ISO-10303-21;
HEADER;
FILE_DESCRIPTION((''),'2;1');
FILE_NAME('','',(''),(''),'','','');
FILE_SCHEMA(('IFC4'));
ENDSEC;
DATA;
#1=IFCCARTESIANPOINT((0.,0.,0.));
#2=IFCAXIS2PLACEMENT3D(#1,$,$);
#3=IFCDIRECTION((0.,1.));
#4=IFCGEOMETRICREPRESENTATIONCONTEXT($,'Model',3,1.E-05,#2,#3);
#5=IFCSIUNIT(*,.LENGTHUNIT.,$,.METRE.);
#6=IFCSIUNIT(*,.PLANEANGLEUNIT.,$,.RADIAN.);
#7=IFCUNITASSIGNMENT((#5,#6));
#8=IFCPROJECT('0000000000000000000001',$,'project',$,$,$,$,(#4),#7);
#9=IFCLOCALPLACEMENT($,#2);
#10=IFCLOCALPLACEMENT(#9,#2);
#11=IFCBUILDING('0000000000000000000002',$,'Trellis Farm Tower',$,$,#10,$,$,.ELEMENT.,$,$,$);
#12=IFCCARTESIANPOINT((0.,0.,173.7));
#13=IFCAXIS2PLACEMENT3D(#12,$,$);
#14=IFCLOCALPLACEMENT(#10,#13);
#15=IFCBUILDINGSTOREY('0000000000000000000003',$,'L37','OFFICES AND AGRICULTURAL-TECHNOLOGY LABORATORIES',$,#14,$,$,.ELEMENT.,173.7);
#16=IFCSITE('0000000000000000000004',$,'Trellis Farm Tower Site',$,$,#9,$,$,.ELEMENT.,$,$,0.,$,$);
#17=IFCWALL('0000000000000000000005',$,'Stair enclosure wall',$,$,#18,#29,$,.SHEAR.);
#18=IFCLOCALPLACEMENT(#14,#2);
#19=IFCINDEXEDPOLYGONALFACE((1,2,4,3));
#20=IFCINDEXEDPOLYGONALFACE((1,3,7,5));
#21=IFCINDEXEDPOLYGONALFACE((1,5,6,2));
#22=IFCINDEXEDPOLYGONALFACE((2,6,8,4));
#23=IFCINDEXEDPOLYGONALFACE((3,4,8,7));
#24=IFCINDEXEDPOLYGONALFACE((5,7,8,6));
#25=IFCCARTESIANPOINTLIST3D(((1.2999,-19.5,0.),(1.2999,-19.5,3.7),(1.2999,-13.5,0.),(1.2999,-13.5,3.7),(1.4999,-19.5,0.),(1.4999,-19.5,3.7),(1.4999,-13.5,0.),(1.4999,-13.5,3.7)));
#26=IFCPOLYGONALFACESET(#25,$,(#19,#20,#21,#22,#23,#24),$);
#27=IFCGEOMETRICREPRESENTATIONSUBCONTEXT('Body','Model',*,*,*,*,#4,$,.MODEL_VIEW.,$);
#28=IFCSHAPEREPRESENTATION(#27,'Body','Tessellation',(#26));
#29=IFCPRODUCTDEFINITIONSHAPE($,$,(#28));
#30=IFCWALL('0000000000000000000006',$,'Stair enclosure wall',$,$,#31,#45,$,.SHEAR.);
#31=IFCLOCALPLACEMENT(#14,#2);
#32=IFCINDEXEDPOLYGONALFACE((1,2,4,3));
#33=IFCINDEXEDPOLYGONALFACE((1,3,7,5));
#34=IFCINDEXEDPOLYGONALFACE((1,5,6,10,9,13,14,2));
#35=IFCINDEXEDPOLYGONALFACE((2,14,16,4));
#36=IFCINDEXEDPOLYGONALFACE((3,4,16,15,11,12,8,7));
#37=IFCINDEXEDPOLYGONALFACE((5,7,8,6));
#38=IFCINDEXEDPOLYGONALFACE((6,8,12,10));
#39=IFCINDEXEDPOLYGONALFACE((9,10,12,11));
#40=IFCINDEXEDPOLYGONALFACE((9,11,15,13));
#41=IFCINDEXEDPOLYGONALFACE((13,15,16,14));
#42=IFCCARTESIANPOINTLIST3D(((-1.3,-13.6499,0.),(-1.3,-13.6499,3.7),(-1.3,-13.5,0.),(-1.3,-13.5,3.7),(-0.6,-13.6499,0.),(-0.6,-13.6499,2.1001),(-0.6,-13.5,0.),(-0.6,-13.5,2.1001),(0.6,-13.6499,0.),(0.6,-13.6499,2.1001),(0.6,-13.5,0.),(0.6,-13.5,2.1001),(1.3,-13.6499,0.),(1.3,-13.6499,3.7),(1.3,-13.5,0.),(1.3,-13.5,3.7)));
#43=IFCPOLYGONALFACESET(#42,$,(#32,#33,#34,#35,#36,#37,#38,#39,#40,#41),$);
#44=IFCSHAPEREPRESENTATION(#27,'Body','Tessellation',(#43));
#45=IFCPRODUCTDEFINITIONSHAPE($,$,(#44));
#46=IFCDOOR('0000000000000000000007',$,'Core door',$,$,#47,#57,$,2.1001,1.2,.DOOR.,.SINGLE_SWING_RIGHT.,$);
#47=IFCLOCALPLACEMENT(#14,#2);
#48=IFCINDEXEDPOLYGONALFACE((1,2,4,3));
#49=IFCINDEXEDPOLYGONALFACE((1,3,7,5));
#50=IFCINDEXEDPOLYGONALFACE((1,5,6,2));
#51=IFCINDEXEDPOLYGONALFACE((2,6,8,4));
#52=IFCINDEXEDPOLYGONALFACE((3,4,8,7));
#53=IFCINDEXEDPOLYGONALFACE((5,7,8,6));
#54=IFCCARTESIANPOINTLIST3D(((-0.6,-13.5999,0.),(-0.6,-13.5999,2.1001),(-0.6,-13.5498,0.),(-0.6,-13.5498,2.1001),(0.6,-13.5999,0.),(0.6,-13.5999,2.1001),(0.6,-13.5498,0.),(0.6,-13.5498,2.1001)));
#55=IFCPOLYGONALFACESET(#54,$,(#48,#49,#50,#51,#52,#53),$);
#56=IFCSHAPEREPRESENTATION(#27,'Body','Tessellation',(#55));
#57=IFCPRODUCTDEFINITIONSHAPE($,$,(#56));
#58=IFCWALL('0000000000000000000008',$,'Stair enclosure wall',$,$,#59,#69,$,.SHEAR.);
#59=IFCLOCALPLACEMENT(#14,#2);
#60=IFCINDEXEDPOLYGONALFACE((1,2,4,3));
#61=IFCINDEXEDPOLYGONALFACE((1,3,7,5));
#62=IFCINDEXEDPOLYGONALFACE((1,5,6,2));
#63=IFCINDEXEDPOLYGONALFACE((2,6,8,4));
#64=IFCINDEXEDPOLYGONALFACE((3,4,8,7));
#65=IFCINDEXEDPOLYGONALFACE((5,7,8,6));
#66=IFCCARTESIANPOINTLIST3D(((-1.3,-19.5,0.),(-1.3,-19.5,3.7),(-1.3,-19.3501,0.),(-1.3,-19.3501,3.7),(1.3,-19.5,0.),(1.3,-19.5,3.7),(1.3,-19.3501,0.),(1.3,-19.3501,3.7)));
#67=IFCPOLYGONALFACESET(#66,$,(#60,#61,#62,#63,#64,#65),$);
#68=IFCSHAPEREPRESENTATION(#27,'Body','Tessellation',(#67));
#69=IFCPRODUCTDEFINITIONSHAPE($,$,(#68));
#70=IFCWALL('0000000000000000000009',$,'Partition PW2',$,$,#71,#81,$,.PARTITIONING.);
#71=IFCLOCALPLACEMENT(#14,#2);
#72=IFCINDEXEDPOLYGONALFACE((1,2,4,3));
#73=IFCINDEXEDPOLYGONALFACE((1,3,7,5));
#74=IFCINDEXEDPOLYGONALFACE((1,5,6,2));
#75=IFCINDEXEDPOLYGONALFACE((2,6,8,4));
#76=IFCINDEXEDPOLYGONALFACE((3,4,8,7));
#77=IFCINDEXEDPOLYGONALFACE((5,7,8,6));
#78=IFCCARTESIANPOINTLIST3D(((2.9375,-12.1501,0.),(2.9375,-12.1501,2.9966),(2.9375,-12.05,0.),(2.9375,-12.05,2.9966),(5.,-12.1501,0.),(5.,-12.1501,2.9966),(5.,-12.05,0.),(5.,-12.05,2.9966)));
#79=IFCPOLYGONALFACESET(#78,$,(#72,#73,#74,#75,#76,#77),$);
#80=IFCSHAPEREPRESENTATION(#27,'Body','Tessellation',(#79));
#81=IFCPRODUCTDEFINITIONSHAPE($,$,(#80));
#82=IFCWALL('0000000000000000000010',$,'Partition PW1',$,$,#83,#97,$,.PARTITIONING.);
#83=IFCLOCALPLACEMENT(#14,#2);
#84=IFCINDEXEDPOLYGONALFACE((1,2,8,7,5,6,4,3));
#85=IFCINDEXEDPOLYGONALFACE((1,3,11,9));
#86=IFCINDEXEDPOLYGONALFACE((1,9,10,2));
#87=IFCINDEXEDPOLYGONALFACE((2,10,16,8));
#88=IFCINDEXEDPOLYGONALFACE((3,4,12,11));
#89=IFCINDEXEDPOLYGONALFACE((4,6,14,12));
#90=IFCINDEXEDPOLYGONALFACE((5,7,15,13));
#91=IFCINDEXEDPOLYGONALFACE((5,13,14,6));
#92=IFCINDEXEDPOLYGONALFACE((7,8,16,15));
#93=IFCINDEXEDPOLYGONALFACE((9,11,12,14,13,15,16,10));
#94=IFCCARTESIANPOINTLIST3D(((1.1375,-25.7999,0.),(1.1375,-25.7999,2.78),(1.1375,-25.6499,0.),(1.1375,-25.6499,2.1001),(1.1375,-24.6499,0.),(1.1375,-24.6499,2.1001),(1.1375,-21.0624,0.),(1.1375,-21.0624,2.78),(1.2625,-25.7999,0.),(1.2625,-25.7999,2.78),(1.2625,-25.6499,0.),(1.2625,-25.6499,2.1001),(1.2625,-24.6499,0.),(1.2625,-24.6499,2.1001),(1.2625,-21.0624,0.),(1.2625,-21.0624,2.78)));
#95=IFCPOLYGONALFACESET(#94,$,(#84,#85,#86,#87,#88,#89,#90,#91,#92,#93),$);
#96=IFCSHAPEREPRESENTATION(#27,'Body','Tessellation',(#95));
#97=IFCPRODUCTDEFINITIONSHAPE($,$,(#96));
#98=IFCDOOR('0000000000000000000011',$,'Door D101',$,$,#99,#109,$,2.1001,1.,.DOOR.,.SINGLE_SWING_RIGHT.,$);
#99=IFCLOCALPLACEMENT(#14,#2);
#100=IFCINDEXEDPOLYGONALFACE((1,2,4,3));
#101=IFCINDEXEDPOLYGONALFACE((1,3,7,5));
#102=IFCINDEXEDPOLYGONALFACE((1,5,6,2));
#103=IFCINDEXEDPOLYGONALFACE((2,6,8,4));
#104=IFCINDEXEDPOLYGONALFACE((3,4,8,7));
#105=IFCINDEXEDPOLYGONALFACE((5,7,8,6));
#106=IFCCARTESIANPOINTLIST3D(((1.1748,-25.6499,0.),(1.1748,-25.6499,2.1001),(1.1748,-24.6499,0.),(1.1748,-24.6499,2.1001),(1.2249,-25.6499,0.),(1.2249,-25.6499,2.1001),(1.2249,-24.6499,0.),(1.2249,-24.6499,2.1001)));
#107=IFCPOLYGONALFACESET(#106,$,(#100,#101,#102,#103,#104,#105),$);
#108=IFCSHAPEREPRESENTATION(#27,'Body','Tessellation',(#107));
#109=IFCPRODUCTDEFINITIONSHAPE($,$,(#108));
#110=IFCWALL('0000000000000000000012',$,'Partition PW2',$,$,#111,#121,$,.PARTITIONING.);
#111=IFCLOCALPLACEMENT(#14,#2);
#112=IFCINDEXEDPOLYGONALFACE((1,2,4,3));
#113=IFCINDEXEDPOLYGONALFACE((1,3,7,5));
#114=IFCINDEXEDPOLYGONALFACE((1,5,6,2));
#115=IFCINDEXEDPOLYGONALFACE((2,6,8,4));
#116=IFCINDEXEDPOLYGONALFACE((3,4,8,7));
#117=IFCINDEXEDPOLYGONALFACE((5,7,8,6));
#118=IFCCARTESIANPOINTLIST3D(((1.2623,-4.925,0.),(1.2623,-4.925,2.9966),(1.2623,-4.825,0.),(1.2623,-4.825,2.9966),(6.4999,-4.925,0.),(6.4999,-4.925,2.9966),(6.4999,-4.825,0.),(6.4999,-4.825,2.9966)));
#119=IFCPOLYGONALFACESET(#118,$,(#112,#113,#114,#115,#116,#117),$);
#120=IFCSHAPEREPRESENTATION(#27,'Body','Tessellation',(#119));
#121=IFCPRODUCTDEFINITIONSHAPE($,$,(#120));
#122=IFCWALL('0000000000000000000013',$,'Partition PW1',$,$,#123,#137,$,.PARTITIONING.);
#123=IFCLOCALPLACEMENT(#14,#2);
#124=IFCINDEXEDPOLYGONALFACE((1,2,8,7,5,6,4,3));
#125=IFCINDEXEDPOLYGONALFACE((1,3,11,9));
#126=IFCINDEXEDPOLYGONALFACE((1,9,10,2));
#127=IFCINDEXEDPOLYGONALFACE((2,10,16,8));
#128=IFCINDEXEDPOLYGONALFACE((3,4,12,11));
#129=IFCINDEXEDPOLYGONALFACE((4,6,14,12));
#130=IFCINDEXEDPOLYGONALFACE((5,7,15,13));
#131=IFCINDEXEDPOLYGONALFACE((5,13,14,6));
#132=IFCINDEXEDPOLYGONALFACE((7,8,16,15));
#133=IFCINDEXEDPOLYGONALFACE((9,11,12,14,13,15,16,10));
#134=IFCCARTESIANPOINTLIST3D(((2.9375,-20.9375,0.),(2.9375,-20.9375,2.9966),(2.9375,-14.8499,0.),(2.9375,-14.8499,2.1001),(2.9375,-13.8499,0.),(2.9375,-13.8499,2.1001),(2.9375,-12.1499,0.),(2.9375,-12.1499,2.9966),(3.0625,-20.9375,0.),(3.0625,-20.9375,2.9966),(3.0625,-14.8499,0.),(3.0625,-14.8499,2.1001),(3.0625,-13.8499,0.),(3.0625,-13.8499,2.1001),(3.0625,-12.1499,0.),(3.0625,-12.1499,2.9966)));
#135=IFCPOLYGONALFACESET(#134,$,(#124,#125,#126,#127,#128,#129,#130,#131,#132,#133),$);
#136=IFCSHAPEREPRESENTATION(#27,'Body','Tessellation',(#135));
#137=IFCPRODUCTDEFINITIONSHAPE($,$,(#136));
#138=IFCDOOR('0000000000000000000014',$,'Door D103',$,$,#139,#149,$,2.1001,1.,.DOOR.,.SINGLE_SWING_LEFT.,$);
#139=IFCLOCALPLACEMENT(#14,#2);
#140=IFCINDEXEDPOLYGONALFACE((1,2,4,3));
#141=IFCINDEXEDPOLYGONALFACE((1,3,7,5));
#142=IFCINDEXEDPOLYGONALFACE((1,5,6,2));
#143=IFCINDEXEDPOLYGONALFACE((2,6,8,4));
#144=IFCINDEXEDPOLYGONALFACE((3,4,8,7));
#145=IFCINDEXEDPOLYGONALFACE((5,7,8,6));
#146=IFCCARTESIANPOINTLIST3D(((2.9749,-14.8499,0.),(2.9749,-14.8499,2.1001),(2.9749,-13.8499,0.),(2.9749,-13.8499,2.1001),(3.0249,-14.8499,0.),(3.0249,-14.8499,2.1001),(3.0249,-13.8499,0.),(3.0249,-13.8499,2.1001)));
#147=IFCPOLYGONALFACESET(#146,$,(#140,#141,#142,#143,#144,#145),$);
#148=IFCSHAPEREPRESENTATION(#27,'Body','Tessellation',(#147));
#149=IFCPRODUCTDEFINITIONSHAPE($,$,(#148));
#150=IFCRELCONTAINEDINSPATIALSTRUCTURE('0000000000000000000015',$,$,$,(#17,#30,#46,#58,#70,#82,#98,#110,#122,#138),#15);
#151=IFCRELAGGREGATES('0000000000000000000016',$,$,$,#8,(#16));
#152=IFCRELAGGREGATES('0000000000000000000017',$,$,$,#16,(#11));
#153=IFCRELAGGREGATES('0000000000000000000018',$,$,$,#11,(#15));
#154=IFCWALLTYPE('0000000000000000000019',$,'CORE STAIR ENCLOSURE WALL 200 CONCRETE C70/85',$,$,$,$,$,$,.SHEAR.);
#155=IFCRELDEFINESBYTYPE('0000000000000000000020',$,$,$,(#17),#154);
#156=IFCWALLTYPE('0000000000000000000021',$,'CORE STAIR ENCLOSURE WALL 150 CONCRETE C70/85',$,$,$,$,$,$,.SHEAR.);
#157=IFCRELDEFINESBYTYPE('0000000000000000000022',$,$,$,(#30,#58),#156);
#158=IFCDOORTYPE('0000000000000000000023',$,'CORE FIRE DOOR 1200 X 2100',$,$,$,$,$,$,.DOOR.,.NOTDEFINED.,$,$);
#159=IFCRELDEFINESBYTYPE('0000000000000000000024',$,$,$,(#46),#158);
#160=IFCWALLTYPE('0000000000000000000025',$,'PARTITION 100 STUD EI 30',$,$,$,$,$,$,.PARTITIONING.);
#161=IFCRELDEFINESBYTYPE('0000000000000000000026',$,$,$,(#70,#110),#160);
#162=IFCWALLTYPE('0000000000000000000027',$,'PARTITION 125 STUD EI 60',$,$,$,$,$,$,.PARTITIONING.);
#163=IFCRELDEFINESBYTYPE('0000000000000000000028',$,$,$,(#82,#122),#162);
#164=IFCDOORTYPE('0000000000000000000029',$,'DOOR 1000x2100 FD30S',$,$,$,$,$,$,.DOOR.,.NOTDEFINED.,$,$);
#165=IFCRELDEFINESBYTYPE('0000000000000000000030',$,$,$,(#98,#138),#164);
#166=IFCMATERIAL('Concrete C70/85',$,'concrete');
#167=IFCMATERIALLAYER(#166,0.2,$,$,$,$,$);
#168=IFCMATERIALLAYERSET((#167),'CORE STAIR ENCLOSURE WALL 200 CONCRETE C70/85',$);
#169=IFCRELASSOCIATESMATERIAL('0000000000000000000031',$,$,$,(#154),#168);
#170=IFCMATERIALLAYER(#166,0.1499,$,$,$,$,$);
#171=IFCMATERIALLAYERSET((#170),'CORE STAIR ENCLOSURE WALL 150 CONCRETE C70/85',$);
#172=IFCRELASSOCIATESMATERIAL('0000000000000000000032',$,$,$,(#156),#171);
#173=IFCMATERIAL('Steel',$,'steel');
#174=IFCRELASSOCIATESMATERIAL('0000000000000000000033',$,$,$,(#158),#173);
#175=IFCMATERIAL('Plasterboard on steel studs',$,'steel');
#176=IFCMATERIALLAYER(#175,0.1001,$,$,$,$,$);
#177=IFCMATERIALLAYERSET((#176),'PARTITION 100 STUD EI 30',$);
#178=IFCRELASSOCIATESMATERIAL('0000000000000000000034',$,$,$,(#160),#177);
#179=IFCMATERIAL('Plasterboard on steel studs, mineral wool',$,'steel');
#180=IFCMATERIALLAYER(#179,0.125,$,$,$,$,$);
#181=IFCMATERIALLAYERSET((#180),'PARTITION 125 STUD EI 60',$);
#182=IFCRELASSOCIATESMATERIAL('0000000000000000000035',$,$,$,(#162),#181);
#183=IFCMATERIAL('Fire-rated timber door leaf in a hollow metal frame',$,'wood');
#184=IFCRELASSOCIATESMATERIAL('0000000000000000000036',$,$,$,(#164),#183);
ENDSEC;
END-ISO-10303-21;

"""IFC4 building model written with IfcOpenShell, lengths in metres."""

from ifc_helpers import new_model, si_unit, direction, frame, frame_2d, origin, place, context, subcontext, project, spatial, rectangle, extrude, source, transform, mapped, material, layer, layer_set, type_object, element, fill, save


model = new_model("IFC4")

# Units and contexts
model_context = context("Model", 3, precision=1e-05, world=origin(), true_north=direction((0.0, 1.0)))
body_context = subcontext(model_context, "Body", "Model", "MODEL_VIEW")
ifc_project = project(units=[si_unit("LENGTHUNIT", "METRE"), si_unit("PLANEANGLEUNIT", "RADIAN")], contexts=[model_context])

# Site, building, storey
site_placement = place(None, origin())
site = spatial("IfcSite", under=ifc_project, at=site_placement, Name="Trellis Farm Tower Site", CompositionType="ELEMENT", RefElevation=0.0)
building_placement = place(site_placement, origin())
building = spatial("IfcBuilding", under=site, at=building_placement, Name="Trellis Farm Tower", CompositionType="ELEMENT")
storey_placement = place(building_placement, frame((0.0, 0.0, 173.7)))
storey = spatial("IfcBuildingStorey", under=building, at=storey_placement, Name="L37", Description="OFFICES AND AGRICULTURAL-TECHNOLOGY LABORATORIES", CompositionType="ELEMENT", Elevation=173.7)

# Wall
ifc_material_1 = material(Name="Concrete C70/85", Category="concrete")
ifc_layer_1 = layer(ifc_material_1, 0.2)
ifc_layer_set_1 = layer_set([ifc_layer_1], Name="CORE STAIR ENCLOSURE WALL 200 CONCRETE C70/85")
wall_type_1 = type_object("IfcWallType", Name="CORE STAIR ENCLOSURE WALL 200 CONCRETE C70/85", PredefinedType="SHEAR", material=ifc_layer_set_1)
shared_shape_1 = source(origin(), body_context, "Body", "SweptSolid", [
    extrude(rectangle(XDim=6.0, YDim=0.2, at=frame_2d((3.0, 0.0))), origin(), (0.0, 0.0, 1.0), 3.7),
])
wall_1_placement = place(storey_placement, frame((1.3999, -13.5, 0.0), z_axis=(0.0, 0.0, 1.0), x_axis=(0.0, -1.0, 0.0)))
element("IfcWall", 1, at=wall_1_placement, inside=storey, type_object=wall_type_1, Name="Stair enclosure wall", PredefinedType="SHEAR", context=body_context, shape_type="MappedRepresentation", body=[
    mapped(shared_shape_1, transform((0.0, 0.0, 0.0))),
])

# Wall, opening, door
ifc_layer_2 = layer(ifc_material_1, 0.1499)
ifc_layer_set_2 = layer_set([ifc_layer_2], Name="CORE STAIR ENCLOSURE WALL 150 CONCRETE C70/85")
wall_type_2 = type_object("IfcWallType", Name="CORE STAIR ENCLOSURE WALL 150 CONCRETE C70/85", PredefinedType="SHEAR", material=ifc_layer_set_2)
shared_shape_2 = source(origin(), body_context, "Body", "SweptSolid", [
    extrude(rectangle(XDim=2.6001, YDim=0.1499, at=frame_2d((1.3, 0.0))), origin(), (0.0, 0.0, 1.0), 3.7),
])
wall_2_placement = place(storey_placement, frame((1.3, -13.575, 0.0), z_axis=(0.0, 0.0, 1.0), x_axis=(-1.0, 0.0, 0.0)))
wall_2 = element("IfcWall", 2, at=wall_2_placement, inside=storey, type_object=wall_type_2, Name="Stair enclosure wall", PredefinedType="SHEAR", context=body_context, shape_type="MappedRepresentation", body=[
    mapped(shared_shape_2, transform((0.0, 0.0, 0.0))),
])
shared_shape_3 = source(origin(), body_context, "Body", "SweptSolid", [
    extrude(rectangle(XDim=1.2, YDim=2.1001, at=frame_2d((0.6001, 1.05))), frame((0.0, 0.085, 0.0), z_axis=(0.0, -1.0, 0.0), x_axis=(1.0, 0.0, 0.0)), (0.0, 0.0, 1.0), 0.1699),
])
opening_1_placement = place(wall_2_placement, frame((0.7, 0.0, 0.0)))
opening_1 = element("IfcOpeningElement", 3, at=opening_1_placement, cuts=wall_2, PredefinedType="OPENING", context=body_context, shape_type="MappedRepresentation", body=[
    mapped(shared_shape_3, transform((0.0, 0.0, 0.0))),
])
ifc_material_2 = material(Name="Steel", Category="steel")
door_type_1 = type_object("IfcDoorType", Name="CORE FIRE DOOR 1200 X 2100", OperationType="NOTDEFINED", PredefinedType="DOOR", material=ifc_material_2)
shared_shape_4 = source(origin(), body_context, "Body", "SweptSolid", [
    extrude(rectangle(XDim=1.2, YDim=2.1001, at=frame_2d((0.6001, 1.05))), frame((0.0, 0.0249, 0.0), z_axis=(0.0, -1.0, 0.0), x_axis=(1.0, 0.0, 0.0)), (0.0, 0.0, 1.0), 0.05),
])
door_1_placement = place(opening_1_placement, origin())
door_1 = element("IfcDoor", 4, at=door_1_placement, inside=storey, type_object=door_type_1, Name="Core door", OperationType="SINGLE_SWING_RIGHT", OverallHeight=2.1001, OverallWidth=1.2, PredefinedType="DOOR", context=body_context, shape_type="MappedRepresentation", body=[
    mapped(shared_shape_4, transform((0.0, 0.0, 0.0))),
])
fill(opening_1, door_1)

# Walls
wall_3_placement = place(storey_placement, frame((1.3, -19.425, 0.0), z_axis=(0.0, 0.0, 1.0), x_axis=(-1.0, 0.0, 0.0)))
element("IfcWall", 5, at=wall_3_placement, inside=storey, type_object=wall_type_2, Name="Stair enclosure wall", PredefinedType="SHEAR", context=body_context, shape_type="MappedRepresentation", body=[
    mapped(shared_shape_2, transform((0.0, 0.0, 0.0))),
])
ifc_material_3 = material(Name="Plasterboard on steel studs", Category="steel")
ifc_layer_3 = layer(ifc_material_3, 0.1001)
ifc_layer_set_3 = layer_set([ifc_layer_3], Name="PARTITION 100 STUD EI 30")
wall_type_3 = type_object("IfcWallType", Name="PARTITION 100 STUD EI 30", PredefinedType="PARTITIONING", material=ifc_layer_set_3)
shared_shape_5 = source(origin(), body_context, "Body", "SweptSolid", [
    extrude(rectangle(XDim=2.0625, YDim=0.1001, at=frame_2d((1.0312, 0.0))), origin(), (0.0, 0.0, 1.0), 2.9966),
])
wall_4_placement = place(storey_placement, frame((2.9375, -12.1001, 0.0), z_axis=(0.0, 0.0, 1.0), x_axis=(1.0, 0.0, 0.0)))
element("IfcWall", 6, at=wall_4_placement, inside=storey, type_object=wall_type_3, Name="Partition PW2", PredefinedType="PARTITIONING", context=body_context, shape_type="MappedRepresentation", body=[
    mapped(shared_shape_5, transform((0.0, 0.0, 0.0))),
])

# Wall, opening, door
ifc_material_4 = material(Name="Plasterboard on steel studs, mineral wool", Category="steel")
ifc_layer_4 = layer(ifc_material_4, 0.125)
ifc_layer_set_4 = layer_set([ifc_layer_4], Name="PARTITION 125 STUD EI 60")
wall_type_4 = type_object("IfcWallType", Name="PARTITION 125 STUD EI 60", PredefinedType="PARTITIONING", material=ifc_layer_set_4)
shared_shape_6 = source(origin(), body_context, "Body", "SweptSolid", [
    extrude(rectangle(XDim=4.7375, YDim=0.125, at=frame_2d((2.3687, 0.0))), origin(), (0.0, 0.0, 1.0), 2.78),
])
wall_5_placement = place(storey_placement, frame((1.2, -21.0625, 0.0), z_axis=(0.0, 0.0, 1.0), x_axis=(0.0, -1.0, 0.0)))
wall_5 = element("IfcWall", 7, at=wall_5_placement, inside=storey, type_object=wall_type_4, Name="Partition PW1", PredefinedType="PARTITIONING", context=body_context, shape_type="MappedRepresentation", body=[
    mapped(shared_shape_6, transform((0.0, 0.0, 0.0))),
])
shared_shape_7 = source(origin(), body_context, "Body", "SweptSolid", [
    extrude(rectangle(XDim=1.0, YDim=2.1001, at=frame_2d((0.5, 1.05))), frame((0.0, 0.0725, 0.0), z_axis=(0.0, -1.0, 0.0), x_axis=(1.0, 0.0, 0.0)), (0.0, 0.0, 1.0), 0.145),
])
opening_2_placement = place(wall_5_placement, frame((3.5874, 0.0, 0.0)))
opening_2 = element("IfcOpeningElement", 8, at=opening_2_placement, cuts=wall_5, PredefinedType="OPENING", context=body_context, shape_type="MappedRepresentation", body=[
    mapped(shared_shape_7, transform((0.0, 0.0, 0.0))),
])
ifc_material_5 = material(Name="Fire-rated timber door leaf in a hollow metal frame", Category="wood")
door_type_2 = type_object("IfcDoorType", Name="DOOR 1000x2100 FD30S", OperationType="NOTDEFINED", PredefinedType="DOOR", material=ifc_material_5)
shared_shape_8 = source(origin(), body_context, "Body", "SweptSolid", [
    extrude(rectangle(XDim=1.0, YDim=2.1001, at=frame_2d((0.5, 1.05))), frame((0.0, 0.0249, 0.0), z_axis=(0.0, -1.0, 0.0), x_axis=(1.0, 0.0, 0.0)), (0.0, 0.0, 1.0), 0.05),
])
door_2_placement = place(opening_2_placement, origin())
door_2 = element("IfcDoor", 9, at=door_2_placement, inside=storey, type_object=door_type_2, Name="Door D101", OperationType="SINGLE_SWING_RIGHT", OverallHeight=2.1001, OverallWidth=1.0, PredefinedType="DOOR", context=body_context, shape_type="MappedRepresentation", body=[
    mapped(shared_shape_8, transform((0.0, 0.0, 0.0))),
])
fill(opening_2, door_2)

# Wall
shared_shape_9 = source(origin(), body_context, "Body", "SweptSolid", [
    extrude(rectangle(XDim=5.2375, YDim=0.1001, at=frame_2d((2.6187, 0.0))), origin(), (0.0, 0.0, 1.0), 2.9966),
])
wall_6_placement = place(storey_placement, frame((1.2625, -4.875, 0.0), z_axis=(0.0, 0.0, 1.0), x_axis=(1.0, 0.0, 0.0)))
element("IfcWall", 10, at=wall_6_placement, inside=storey, type_object=wall_type_3, Name="Partition PW2", PredefinedType="PARTITIONING", context=body_context, shape_type="MappedRepresentation", body=[
    mapped(shared_shape_9, transform((0.0, 0.0, 0.0))),
])

# Wall, opening, door
shared_shape_10 = source(origin(), body_context, "Body", "SweptSolid", [
    extrude(rectangle(XDim=8.7876, YDim=0.125, at=frame_2d((4.3938, 0.0))), origin(), (0.0, 0.0, 1.0), 2.9966),
])
wall_7_placement = place(storey_placement, frame((3.0, -12.1499, 0.0), z_axis=(0.0, 0.0, 1.0), x_axis=(0.0, -1.0, 0.0)))
wall_7 = element("IfcWall", 11, at=wall_7_placement, inside=storey, type_object=wall_type_4, Name="Partition PW1", PredefinedType="PARTITIONING", context=body_context, shape_type="MappedRepresentation", body=[
    mapped(shared_shape_10, transform((0.0, 0.0, 0.0))),
])
opening_3_placement = place(wall_7_placement, frame((1.7, 0.0, 0.0)))
opening_3 = element("IfcOpeningElement", 12, at=opening_3_placement, cuts=wall_7, PredefinedType="OPENING", context=body_context, shape_type="MappedRepresentation", body=[
    mapped(shared_shape_7, transform((0.0, 0.0, 0.0))),
])
door_3_placement = place(opening_3_placement, origin())
door_3 = element("IfcDoor", 13, at=door_3_placement, inside=storey, type_object=door_type_2, Name="Door D103", OperationType="SINGLE_SWING_LEFT", OverallHeight=2.1001, OverallWidth=1.0, PredefinedType="DOOR", context=body_context, shape_type="MappedRepresentation", body=[
    mapped(shared_shape_8, transform((0.0, 0.0, 0.0))),
])
fill(opening_3, door_3)

save(model, "model.ifc")
